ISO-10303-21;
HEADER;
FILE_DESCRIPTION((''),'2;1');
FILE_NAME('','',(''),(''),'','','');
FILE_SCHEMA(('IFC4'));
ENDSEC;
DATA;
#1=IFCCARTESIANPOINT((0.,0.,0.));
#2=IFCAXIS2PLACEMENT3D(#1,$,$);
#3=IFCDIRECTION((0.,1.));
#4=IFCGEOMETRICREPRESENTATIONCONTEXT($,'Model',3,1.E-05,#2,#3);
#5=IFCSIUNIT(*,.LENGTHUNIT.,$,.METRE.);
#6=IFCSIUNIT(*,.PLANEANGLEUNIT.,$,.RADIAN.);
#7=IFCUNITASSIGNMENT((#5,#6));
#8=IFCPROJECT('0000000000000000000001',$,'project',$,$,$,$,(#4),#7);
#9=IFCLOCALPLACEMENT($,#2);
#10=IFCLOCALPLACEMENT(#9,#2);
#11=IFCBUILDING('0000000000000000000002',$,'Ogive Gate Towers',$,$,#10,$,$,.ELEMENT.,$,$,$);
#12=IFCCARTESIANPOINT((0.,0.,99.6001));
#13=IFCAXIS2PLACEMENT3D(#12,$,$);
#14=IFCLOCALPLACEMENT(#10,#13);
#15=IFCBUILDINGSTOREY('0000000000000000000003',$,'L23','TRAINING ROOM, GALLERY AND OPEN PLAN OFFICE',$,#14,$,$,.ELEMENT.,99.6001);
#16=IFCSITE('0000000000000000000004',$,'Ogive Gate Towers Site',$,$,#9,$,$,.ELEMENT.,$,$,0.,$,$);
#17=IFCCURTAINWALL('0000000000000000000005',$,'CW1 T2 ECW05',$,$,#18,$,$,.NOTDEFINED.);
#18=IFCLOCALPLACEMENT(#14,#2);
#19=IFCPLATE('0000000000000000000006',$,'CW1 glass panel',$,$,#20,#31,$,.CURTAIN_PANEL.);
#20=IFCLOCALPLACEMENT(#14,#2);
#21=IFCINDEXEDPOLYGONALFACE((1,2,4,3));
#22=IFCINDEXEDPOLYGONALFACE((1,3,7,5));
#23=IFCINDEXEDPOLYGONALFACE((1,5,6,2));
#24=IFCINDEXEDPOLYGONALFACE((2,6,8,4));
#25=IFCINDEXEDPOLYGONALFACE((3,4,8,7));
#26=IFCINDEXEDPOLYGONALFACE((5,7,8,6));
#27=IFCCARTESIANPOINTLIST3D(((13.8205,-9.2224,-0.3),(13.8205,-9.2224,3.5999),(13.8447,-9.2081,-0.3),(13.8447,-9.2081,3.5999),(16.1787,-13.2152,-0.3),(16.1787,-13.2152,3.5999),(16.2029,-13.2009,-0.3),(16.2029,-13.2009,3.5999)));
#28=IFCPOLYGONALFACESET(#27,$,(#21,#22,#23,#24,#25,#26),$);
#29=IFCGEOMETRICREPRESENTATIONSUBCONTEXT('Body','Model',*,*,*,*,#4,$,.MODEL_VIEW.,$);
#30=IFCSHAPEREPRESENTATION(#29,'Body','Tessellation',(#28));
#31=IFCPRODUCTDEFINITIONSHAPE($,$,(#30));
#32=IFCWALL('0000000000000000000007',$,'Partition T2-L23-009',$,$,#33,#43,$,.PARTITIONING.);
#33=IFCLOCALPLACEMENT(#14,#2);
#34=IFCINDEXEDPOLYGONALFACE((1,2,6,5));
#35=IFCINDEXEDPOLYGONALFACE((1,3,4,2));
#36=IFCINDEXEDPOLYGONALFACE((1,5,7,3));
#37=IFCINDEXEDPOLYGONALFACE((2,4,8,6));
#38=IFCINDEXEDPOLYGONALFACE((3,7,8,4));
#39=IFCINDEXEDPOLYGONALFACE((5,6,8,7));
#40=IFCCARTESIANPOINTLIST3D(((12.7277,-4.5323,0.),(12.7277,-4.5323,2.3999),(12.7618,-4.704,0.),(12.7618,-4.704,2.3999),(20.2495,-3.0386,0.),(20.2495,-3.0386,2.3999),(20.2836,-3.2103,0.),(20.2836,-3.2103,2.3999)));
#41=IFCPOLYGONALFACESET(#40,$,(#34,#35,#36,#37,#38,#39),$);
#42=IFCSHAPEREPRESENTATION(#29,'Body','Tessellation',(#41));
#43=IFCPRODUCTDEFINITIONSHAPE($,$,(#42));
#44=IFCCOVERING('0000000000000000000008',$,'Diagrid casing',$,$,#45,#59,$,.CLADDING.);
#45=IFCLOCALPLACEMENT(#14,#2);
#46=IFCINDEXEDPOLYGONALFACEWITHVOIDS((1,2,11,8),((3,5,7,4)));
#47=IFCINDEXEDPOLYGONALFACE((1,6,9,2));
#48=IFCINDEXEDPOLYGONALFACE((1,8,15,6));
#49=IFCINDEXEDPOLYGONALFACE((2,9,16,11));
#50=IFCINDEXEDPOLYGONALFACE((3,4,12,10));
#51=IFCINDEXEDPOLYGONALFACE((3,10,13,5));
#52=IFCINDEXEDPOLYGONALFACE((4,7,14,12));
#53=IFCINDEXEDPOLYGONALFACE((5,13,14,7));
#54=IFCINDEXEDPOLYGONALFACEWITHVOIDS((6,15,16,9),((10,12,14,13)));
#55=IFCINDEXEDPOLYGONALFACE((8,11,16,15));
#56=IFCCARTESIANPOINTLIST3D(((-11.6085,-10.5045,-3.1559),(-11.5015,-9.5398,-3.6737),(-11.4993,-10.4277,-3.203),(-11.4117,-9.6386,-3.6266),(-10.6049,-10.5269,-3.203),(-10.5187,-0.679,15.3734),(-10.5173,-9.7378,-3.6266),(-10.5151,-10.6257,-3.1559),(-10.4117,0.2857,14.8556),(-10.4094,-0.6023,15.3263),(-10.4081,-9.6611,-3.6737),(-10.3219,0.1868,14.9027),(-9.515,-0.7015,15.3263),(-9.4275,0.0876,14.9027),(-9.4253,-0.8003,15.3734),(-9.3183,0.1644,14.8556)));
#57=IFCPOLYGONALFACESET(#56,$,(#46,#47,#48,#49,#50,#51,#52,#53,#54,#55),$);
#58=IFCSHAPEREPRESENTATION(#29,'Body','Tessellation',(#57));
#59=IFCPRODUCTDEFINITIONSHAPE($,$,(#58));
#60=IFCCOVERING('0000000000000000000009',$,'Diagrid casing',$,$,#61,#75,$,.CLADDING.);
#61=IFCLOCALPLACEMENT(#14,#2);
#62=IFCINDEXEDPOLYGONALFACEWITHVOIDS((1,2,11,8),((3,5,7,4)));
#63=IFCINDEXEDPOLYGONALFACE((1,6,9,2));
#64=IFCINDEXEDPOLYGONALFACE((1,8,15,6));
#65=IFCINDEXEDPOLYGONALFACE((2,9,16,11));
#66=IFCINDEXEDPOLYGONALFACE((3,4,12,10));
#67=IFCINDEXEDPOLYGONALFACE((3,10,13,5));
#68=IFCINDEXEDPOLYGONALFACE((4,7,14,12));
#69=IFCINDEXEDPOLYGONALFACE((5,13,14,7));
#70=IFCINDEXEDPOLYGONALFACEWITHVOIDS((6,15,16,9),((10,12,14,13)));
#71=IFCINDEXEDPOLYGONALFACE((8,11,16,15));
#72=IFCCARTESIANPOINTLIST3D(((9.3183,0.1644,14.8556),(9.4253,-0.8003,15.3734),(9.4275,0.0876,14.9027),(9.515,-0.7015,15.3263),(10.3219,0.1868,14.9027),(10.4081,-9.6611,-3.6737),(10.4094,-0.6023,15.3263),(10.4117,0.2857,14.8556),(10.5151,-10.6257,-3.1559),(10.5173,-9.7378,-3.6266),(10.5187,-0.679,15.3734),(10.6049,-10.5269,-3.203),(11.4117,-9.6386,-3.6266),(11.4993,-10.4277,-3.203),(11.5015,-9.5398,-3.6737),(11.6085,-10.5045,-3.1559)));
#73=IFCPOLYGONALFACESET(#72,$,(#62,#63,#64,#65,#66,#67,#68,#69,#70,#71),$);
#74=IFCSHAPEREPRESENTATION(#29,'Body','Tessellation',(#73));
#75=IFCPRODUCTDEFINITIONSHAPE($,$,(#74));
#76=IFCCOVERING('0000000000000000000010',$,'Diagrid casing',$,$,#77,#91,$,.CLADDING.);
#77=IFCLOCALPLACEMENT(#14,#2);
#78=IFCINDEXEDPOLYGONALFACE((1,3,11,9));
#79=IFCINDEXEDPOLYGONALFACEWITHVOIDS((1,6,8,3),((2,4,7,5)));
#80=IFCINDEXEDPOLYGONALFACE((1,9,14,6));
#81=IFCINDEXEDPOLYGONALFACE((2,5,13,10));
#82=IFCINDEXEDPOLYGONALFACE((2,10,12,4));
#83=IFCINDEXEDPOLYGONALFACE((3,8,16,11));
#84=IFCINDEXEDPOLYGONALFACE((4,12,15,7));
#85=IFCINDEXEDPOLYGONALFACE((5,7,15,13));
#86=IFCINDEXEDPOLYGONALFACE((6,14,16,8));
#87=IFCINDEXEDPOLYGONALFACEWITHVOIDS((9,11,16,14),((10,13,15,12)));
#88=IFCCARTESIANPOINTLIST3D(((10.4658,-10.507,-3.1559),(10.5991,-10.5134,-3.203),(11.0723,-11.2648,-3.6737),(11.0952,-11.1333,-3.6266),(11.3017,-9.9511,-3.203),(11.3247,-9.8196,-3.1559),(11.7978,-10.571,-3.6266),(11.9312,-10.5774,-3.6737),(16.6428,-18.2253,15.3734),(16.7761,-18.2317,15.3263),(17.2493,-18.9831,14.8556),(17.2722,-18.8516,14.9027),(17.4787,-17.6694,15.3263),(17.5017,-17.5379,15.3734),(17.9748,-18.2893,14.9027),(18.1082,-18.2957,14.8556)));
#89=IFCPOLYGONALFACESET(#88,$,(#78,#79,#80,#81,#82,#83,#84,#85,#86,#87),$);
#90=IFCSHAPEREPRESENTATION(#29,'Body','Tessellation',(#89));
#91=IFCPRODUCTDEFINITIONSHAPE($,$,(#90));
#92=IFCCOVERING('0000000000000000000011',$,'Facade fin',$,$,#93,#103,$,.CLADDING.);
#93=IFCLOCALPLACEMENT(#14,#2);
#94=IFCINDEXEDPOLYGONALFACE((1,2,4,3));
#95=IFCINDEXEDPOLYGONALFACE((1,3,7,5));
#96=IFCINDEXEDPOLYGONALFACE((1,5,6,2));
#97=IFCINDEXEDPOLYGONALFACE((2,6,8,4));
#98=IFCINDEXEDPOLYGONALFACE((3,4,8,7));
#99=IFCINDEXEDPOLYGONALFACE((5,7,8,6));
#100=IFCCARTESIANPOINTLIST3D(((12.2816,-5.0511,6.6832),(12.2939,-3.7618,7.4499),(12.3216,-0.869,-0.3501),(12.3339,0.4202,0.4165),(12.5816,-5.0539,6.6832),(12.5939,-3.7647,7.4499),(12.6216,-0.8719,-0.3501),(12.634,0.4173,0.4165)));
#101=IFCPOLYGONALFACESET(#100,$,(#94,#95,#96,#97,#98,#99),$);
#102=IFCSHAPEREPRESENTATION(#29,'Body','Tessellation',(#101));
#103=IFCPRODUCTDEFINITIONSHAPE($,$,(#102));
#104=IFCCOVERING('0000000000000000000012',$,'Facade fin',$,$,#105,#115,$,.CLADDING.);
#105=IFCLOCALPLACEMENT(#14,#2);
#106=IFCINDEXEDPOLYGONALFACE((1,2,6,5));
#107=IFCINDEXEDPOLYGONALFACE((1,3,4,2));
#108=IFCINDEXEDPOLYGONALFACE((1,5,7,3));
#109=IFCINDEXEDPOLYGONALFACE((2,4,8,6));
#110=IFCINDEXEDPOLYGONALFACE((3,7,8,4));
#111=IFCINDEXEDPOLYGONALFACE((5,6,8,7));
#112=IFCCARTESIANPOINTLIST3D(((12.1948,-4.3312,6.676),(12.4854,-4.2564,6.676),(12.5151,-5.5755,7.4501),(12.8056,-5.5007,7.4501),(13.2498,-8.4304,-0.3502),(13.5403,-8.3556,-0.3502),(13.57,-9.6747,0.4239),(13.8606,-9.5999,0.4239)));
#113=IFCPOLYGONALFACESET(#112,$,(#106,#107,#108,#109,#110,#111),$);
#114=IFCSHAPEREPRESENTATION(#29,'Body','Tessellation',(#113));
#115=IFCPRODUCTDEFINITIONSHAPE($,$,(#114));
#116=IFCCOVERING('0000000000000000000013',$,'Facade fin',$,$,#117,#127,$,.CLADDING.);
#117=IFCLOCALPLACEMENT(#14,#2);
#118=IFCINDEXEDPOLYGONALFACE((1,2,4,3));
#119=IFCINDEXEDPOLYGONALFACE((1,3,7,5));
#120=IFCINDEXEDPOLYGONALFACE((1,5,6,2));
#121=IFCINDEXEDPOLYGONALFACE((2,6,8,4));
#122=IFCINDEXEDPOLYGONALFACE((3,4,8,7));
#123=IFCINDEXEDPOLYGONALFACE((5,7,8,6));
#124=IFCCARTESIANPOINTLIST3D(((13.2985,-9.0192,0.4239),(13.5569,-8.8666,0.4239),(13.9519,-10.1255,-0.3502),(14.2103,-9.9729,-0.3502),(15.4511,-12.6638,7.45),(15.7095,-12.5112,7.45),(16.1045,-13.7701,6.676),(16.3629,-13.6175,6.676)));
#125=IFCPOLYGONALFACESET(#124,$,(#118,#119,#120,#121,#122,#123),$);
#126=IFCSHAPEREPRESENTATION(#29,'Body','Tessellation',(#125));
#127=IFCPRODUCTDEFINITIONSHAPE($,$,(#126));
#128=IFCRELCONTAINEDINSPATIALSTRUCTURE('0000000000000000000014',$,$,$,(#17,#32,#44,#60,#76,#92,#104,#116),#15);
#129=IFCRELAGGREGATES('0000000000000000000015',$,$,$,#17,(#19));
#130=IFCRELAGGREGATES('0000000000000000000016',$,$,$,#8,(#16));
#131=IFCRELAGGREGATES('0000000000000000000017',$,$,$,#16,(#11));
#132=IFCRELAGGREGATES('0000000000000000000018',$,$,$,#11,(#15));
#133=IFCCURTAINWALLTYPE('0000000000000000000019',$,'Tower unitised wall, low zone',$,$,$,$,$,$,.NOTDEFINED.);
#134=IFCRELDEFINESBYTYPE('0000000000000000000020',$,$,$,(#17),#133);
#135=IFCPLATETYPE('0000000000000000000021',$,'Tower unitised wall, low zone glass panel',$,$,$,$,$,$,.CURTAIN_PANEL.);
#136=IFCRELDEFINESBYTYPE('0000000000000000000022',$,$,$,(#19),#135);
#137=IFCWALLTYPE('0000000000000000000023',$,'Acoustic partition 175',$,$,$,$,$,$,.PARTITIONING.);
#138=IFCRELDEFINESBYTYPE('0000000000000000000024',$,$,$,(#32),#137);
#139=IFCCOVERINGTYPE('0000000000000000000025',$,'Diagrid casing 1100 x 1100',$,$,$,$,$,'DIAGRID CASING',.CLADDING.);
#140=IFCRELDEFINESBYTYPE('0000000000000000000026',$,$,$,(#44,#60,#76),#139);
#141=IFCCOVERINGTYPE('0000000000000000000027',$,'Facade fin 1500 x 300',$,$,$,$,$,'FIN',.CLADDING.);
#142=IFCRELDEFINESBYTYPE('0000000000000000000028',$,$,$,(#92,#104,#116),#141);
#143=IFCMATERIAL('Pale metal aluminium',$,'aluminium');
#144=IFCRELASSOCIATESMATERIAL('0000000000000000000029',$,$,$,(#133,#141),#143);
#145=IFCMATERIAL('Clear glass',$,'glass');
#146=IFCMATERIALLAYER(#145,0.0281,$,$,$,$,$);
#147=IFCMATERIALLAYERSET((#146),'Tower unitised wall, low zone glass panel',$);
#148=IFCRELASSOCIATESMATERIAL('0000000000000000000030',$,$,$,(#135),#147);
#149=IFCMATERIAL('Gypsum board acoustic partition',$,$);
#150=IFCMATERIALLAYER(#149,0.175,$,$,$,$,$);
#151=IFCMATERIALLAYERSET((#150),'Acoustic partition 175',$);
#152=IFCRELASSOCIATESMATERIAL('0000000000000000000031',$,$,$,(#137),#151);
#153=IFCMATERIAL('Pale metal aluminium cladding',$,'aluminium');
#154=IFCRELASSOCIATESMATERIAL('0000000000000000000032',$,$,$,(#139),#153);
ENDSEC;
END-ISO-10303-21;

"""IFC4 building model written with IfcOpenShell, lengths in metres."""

from ifc_helpers import new_model, si_unit, direction, frame, frame_2d, origin, origin_2d, place, context, subcontext, project, spatial, rectangle, hollow_rectangle, extrude, material, layer, layer_set, material_profile, profile_set, type_object, element, aggregate, save


model = new_model("IFC4")

# Units and contexts
model_context = context("Model", 3, precision=1e-05, world=origin(), true_north=direction((0.0, 1.0)))
body_context = subcontext(model_context, "Body", "Model", "MODEL_VIEW")
ifc_project = project(units=[si_unit("LENGTHUNIT", "METRE"), si_unit("PLANEANGLEUNIT", "RADIAN")], contexts=[model_context])

# Site, building, storey
site_placement = place(None, origin())
site = spatial("IfcSite", under=ifc_project, at=site_placement, Name="Ogive Gate Towers Site", CompositionType="ELEMENT", RefElevation=0.0)
building_placement = place(site_placement, origin())
building = spatial("IfcBuilding", under=site, at=building_placement, Name="Ogive Gate Towers", CompositionType="ELEMENT")
storey_placement = place(building_placement, frame((0.0, 0.0, 99.6001)))
storey = spatial("IfcBuildingStorey", under=building, at=storey_placement, Name="L23", Description="TRAINING ROOM, GALLERY AND OPEN PLAN OFFICE", CompositionType="ELEMENT", Elevation=99.6001)

# Curtain wall
ifc_material_1 = material(Name="Pale metal aluminium", Category="aluminium")
curtain_wall_type = type_object("IfcCurtainWallType", Name="Tower unitised wall, low zone", PredefinedType="NOTDEFINED", material=ifc_material_1)
curtain_wall_placement = place(storey_placement, origin())
curtain_wall = element("IfcCurtainWall", 1, at=curtain_wall_placement, inside=storey, type_object=curtain_wall_type, Name="CW1 T2 ECW05", PredefinedType="NOTDEFINED")

# Plate
ifc_material_2 = material(Name="Clear glass", Category="glass")
ifc_layer_1 = layer(ifc_material_2, 0.0281)
ifc_layer_set_1 = layer_set([ifc_layer_1], Name="Tower unitised wall, low zone glass panel")
plate_type = type_object("IfcPlateType", Name="Tower unitised wall, low zone glass panel", PredefinedType="CURTAIN_PANEL", material=ifc_layer_set_1)
plate_1_placement = place(storey_placement, frame((15.0117, -11.2117, -0.3), z_axis=(0.0, 0.0, 1.0), x_axis=(0.508546, -0.861035, 0.0)))
plate_1 = element("IfcPlate", 2, at=plate_1_placement, type_object=plate_type, Name="CW1 glass panel", PredefinedType="CURTAIN_PANEL", context=body_context, shape_type="SweptSolid", body=[
    extrude(rectangle(XDim=4.6372, YDim=0.0281, at=origin_2d()), origin(), (0.0, 0.0, 1.0), 3.8999),
])
aggregate(curtain_wall, [plate_1])

# Wall
ifc_material_3 = material(Name="Gypsum board acoustic partition")
ifc_layer_2 = layer(ifc_material_3, 0.175)
ifc_layer_set_2 = layer_set([ifc_layer_2], Name="Acoustic partition 175")
wall_type = type_object("IfcWallType", Name="Acoustic partition 175", PredefinedType="PARTITIONING", material=ifc_layer_set_2)
wall_placement = place(storey_placement, frame((12.7446, -4.6182, 0.0), z_axis=(0.0, 0.0, 1.0), x_axis=(0.980848, 0.194775, 0.0)))
element("IfcWall", 3, at=wall_placement, inside=storey, type_object=wall_type, Name="Partition T2-L23-009", PredefinedType="PARTITIONING", context=body_context, shape_type="SweptSolid", body=[
    extrude(rectangle(XDim=7.6687, YDim=0.175, at=frame_2d((3.8345, 0.0))), origin(), (0.0, 0.0, 1.0), 2.3999),
])

# Coverings
ifc_material_4 = material(Name="Pale metal aluminium cladding", Category="aluminium")
ifc_material_profile_1 = material_profile(ifc_material_4, hollow_rectangle(XDim=1.1001, YDim=1.1001, WallThickness=0.1001, at=origin_2d()), Name="1100 x 1100 pale metal casing")
ifc_profile_set_1 = profile_set([ifc_material_profile_1], Name="Pale metal aluminium cladding")
covering_type_1 = type_object("IfcCoveringType", Name="Diagrid casing 1100 x 1100", ElementType="DIAGRID CASING", PredefinedType="CLADDING", material=ifc_profile_set_1)
for number, where, z_axis, x_axis, name in (
    (4, (-11.0083, -10.0828, -3.4148), (0.051894, 0.467845, 0.882286), (-0.993904, 0.110244, 0.0), "Diagrid casing"),
    (5, (11.0083, -10.0828, -3.4148), (-0.051894, 0.467845, 0.882286), (-0.993904, -0.110244, 0.0), "Diagrid casing"),
    (6, (11.1985, -10.5422, -3.4148), (0.294122, -0.367511, 0.882286), (0.780751, 0.624843, 0.0), "Diagrid casing"),
):
    element("IfcCovering", number, at=place(storey_placement, frame(where, z_axis=z_axis, x_axis=x_axis)), inside=storey, type_object=covering_type_1, Name=name, PredefinedType="CLADDING", context=body_context, shape_type="SweptSolid", body=[
        extrude(hollow_rectangle(XDim=1.1001, YDim=1.1001, WallThickness=0.1001, at=origin_2d()), origin(), (0.0, 0.0, 1.0), 21.0015),
    ])
ifc_material_profile_2 = material_profile(ifc_material_1, rectangle(XDim=0.3, YDim=1.5, at=origin_2d()), Name="1500 x 300 pale metal aluminium")
ifc_profile_set_2 = profile_set([ifc_material_profile_2], Name="Pale metal aluminium")
covering_type_2 = type_object("IfcCoveringType", Name="Facade fin 1500 x 300", ElementType="FIN", PredefinedType="CLADDING", material=ifc_profile_set_2)
covering_placement = place(storey_placement, frame((12.4778, -0.2258, 0.0332), z_axis=(-0.004893, -0.511076, 0.859521), x_axis=(0.999954, -0.009573, 0.0)))
element("IfcCovering", 7, at=covering_placement, inside=storey, type_object=covering_type_2, Name="Facade fin", PredefinedType="CLADDING", context=body_context, shape_type="SweptSolid", body=[
    extrude(rectangle(XDim=0.3, YDim=1.5, at=origin_2d()), origin(), (0.0, 0.0, 1.0), 8.1829),
])
for number, where, z_axis, x_axis, name in (
    (8, (13.5552, -9.0151, 0.0369), (-0.12861, 0.499736, 0.856576), (-0.968443, -0.249234, 0.0), "Facade fin"),
    (9, (13.7544, -9.4961, 0.0369), (0.262428, -0.444314, 0.856573), (0.86103, 0.508554, 0.0), "Facade fin"),
):
    element("IfcCovering", number, at=place(storey_placement, frame(where, z_axis=z_axis, x_axis=x_axis)), inside=storey, type_object=covering_type_2, Name=name, PredefinedType="CLADDING", context=body_context, shape_type="SweptSolid", body=[
        extrude(rectangle(XDim=0.3, YDim=1.5, at=origin_2d()), origin(), (0.0, 0.0, 1.0), 8.2026),
    ])

save(model, "model.ifc")
